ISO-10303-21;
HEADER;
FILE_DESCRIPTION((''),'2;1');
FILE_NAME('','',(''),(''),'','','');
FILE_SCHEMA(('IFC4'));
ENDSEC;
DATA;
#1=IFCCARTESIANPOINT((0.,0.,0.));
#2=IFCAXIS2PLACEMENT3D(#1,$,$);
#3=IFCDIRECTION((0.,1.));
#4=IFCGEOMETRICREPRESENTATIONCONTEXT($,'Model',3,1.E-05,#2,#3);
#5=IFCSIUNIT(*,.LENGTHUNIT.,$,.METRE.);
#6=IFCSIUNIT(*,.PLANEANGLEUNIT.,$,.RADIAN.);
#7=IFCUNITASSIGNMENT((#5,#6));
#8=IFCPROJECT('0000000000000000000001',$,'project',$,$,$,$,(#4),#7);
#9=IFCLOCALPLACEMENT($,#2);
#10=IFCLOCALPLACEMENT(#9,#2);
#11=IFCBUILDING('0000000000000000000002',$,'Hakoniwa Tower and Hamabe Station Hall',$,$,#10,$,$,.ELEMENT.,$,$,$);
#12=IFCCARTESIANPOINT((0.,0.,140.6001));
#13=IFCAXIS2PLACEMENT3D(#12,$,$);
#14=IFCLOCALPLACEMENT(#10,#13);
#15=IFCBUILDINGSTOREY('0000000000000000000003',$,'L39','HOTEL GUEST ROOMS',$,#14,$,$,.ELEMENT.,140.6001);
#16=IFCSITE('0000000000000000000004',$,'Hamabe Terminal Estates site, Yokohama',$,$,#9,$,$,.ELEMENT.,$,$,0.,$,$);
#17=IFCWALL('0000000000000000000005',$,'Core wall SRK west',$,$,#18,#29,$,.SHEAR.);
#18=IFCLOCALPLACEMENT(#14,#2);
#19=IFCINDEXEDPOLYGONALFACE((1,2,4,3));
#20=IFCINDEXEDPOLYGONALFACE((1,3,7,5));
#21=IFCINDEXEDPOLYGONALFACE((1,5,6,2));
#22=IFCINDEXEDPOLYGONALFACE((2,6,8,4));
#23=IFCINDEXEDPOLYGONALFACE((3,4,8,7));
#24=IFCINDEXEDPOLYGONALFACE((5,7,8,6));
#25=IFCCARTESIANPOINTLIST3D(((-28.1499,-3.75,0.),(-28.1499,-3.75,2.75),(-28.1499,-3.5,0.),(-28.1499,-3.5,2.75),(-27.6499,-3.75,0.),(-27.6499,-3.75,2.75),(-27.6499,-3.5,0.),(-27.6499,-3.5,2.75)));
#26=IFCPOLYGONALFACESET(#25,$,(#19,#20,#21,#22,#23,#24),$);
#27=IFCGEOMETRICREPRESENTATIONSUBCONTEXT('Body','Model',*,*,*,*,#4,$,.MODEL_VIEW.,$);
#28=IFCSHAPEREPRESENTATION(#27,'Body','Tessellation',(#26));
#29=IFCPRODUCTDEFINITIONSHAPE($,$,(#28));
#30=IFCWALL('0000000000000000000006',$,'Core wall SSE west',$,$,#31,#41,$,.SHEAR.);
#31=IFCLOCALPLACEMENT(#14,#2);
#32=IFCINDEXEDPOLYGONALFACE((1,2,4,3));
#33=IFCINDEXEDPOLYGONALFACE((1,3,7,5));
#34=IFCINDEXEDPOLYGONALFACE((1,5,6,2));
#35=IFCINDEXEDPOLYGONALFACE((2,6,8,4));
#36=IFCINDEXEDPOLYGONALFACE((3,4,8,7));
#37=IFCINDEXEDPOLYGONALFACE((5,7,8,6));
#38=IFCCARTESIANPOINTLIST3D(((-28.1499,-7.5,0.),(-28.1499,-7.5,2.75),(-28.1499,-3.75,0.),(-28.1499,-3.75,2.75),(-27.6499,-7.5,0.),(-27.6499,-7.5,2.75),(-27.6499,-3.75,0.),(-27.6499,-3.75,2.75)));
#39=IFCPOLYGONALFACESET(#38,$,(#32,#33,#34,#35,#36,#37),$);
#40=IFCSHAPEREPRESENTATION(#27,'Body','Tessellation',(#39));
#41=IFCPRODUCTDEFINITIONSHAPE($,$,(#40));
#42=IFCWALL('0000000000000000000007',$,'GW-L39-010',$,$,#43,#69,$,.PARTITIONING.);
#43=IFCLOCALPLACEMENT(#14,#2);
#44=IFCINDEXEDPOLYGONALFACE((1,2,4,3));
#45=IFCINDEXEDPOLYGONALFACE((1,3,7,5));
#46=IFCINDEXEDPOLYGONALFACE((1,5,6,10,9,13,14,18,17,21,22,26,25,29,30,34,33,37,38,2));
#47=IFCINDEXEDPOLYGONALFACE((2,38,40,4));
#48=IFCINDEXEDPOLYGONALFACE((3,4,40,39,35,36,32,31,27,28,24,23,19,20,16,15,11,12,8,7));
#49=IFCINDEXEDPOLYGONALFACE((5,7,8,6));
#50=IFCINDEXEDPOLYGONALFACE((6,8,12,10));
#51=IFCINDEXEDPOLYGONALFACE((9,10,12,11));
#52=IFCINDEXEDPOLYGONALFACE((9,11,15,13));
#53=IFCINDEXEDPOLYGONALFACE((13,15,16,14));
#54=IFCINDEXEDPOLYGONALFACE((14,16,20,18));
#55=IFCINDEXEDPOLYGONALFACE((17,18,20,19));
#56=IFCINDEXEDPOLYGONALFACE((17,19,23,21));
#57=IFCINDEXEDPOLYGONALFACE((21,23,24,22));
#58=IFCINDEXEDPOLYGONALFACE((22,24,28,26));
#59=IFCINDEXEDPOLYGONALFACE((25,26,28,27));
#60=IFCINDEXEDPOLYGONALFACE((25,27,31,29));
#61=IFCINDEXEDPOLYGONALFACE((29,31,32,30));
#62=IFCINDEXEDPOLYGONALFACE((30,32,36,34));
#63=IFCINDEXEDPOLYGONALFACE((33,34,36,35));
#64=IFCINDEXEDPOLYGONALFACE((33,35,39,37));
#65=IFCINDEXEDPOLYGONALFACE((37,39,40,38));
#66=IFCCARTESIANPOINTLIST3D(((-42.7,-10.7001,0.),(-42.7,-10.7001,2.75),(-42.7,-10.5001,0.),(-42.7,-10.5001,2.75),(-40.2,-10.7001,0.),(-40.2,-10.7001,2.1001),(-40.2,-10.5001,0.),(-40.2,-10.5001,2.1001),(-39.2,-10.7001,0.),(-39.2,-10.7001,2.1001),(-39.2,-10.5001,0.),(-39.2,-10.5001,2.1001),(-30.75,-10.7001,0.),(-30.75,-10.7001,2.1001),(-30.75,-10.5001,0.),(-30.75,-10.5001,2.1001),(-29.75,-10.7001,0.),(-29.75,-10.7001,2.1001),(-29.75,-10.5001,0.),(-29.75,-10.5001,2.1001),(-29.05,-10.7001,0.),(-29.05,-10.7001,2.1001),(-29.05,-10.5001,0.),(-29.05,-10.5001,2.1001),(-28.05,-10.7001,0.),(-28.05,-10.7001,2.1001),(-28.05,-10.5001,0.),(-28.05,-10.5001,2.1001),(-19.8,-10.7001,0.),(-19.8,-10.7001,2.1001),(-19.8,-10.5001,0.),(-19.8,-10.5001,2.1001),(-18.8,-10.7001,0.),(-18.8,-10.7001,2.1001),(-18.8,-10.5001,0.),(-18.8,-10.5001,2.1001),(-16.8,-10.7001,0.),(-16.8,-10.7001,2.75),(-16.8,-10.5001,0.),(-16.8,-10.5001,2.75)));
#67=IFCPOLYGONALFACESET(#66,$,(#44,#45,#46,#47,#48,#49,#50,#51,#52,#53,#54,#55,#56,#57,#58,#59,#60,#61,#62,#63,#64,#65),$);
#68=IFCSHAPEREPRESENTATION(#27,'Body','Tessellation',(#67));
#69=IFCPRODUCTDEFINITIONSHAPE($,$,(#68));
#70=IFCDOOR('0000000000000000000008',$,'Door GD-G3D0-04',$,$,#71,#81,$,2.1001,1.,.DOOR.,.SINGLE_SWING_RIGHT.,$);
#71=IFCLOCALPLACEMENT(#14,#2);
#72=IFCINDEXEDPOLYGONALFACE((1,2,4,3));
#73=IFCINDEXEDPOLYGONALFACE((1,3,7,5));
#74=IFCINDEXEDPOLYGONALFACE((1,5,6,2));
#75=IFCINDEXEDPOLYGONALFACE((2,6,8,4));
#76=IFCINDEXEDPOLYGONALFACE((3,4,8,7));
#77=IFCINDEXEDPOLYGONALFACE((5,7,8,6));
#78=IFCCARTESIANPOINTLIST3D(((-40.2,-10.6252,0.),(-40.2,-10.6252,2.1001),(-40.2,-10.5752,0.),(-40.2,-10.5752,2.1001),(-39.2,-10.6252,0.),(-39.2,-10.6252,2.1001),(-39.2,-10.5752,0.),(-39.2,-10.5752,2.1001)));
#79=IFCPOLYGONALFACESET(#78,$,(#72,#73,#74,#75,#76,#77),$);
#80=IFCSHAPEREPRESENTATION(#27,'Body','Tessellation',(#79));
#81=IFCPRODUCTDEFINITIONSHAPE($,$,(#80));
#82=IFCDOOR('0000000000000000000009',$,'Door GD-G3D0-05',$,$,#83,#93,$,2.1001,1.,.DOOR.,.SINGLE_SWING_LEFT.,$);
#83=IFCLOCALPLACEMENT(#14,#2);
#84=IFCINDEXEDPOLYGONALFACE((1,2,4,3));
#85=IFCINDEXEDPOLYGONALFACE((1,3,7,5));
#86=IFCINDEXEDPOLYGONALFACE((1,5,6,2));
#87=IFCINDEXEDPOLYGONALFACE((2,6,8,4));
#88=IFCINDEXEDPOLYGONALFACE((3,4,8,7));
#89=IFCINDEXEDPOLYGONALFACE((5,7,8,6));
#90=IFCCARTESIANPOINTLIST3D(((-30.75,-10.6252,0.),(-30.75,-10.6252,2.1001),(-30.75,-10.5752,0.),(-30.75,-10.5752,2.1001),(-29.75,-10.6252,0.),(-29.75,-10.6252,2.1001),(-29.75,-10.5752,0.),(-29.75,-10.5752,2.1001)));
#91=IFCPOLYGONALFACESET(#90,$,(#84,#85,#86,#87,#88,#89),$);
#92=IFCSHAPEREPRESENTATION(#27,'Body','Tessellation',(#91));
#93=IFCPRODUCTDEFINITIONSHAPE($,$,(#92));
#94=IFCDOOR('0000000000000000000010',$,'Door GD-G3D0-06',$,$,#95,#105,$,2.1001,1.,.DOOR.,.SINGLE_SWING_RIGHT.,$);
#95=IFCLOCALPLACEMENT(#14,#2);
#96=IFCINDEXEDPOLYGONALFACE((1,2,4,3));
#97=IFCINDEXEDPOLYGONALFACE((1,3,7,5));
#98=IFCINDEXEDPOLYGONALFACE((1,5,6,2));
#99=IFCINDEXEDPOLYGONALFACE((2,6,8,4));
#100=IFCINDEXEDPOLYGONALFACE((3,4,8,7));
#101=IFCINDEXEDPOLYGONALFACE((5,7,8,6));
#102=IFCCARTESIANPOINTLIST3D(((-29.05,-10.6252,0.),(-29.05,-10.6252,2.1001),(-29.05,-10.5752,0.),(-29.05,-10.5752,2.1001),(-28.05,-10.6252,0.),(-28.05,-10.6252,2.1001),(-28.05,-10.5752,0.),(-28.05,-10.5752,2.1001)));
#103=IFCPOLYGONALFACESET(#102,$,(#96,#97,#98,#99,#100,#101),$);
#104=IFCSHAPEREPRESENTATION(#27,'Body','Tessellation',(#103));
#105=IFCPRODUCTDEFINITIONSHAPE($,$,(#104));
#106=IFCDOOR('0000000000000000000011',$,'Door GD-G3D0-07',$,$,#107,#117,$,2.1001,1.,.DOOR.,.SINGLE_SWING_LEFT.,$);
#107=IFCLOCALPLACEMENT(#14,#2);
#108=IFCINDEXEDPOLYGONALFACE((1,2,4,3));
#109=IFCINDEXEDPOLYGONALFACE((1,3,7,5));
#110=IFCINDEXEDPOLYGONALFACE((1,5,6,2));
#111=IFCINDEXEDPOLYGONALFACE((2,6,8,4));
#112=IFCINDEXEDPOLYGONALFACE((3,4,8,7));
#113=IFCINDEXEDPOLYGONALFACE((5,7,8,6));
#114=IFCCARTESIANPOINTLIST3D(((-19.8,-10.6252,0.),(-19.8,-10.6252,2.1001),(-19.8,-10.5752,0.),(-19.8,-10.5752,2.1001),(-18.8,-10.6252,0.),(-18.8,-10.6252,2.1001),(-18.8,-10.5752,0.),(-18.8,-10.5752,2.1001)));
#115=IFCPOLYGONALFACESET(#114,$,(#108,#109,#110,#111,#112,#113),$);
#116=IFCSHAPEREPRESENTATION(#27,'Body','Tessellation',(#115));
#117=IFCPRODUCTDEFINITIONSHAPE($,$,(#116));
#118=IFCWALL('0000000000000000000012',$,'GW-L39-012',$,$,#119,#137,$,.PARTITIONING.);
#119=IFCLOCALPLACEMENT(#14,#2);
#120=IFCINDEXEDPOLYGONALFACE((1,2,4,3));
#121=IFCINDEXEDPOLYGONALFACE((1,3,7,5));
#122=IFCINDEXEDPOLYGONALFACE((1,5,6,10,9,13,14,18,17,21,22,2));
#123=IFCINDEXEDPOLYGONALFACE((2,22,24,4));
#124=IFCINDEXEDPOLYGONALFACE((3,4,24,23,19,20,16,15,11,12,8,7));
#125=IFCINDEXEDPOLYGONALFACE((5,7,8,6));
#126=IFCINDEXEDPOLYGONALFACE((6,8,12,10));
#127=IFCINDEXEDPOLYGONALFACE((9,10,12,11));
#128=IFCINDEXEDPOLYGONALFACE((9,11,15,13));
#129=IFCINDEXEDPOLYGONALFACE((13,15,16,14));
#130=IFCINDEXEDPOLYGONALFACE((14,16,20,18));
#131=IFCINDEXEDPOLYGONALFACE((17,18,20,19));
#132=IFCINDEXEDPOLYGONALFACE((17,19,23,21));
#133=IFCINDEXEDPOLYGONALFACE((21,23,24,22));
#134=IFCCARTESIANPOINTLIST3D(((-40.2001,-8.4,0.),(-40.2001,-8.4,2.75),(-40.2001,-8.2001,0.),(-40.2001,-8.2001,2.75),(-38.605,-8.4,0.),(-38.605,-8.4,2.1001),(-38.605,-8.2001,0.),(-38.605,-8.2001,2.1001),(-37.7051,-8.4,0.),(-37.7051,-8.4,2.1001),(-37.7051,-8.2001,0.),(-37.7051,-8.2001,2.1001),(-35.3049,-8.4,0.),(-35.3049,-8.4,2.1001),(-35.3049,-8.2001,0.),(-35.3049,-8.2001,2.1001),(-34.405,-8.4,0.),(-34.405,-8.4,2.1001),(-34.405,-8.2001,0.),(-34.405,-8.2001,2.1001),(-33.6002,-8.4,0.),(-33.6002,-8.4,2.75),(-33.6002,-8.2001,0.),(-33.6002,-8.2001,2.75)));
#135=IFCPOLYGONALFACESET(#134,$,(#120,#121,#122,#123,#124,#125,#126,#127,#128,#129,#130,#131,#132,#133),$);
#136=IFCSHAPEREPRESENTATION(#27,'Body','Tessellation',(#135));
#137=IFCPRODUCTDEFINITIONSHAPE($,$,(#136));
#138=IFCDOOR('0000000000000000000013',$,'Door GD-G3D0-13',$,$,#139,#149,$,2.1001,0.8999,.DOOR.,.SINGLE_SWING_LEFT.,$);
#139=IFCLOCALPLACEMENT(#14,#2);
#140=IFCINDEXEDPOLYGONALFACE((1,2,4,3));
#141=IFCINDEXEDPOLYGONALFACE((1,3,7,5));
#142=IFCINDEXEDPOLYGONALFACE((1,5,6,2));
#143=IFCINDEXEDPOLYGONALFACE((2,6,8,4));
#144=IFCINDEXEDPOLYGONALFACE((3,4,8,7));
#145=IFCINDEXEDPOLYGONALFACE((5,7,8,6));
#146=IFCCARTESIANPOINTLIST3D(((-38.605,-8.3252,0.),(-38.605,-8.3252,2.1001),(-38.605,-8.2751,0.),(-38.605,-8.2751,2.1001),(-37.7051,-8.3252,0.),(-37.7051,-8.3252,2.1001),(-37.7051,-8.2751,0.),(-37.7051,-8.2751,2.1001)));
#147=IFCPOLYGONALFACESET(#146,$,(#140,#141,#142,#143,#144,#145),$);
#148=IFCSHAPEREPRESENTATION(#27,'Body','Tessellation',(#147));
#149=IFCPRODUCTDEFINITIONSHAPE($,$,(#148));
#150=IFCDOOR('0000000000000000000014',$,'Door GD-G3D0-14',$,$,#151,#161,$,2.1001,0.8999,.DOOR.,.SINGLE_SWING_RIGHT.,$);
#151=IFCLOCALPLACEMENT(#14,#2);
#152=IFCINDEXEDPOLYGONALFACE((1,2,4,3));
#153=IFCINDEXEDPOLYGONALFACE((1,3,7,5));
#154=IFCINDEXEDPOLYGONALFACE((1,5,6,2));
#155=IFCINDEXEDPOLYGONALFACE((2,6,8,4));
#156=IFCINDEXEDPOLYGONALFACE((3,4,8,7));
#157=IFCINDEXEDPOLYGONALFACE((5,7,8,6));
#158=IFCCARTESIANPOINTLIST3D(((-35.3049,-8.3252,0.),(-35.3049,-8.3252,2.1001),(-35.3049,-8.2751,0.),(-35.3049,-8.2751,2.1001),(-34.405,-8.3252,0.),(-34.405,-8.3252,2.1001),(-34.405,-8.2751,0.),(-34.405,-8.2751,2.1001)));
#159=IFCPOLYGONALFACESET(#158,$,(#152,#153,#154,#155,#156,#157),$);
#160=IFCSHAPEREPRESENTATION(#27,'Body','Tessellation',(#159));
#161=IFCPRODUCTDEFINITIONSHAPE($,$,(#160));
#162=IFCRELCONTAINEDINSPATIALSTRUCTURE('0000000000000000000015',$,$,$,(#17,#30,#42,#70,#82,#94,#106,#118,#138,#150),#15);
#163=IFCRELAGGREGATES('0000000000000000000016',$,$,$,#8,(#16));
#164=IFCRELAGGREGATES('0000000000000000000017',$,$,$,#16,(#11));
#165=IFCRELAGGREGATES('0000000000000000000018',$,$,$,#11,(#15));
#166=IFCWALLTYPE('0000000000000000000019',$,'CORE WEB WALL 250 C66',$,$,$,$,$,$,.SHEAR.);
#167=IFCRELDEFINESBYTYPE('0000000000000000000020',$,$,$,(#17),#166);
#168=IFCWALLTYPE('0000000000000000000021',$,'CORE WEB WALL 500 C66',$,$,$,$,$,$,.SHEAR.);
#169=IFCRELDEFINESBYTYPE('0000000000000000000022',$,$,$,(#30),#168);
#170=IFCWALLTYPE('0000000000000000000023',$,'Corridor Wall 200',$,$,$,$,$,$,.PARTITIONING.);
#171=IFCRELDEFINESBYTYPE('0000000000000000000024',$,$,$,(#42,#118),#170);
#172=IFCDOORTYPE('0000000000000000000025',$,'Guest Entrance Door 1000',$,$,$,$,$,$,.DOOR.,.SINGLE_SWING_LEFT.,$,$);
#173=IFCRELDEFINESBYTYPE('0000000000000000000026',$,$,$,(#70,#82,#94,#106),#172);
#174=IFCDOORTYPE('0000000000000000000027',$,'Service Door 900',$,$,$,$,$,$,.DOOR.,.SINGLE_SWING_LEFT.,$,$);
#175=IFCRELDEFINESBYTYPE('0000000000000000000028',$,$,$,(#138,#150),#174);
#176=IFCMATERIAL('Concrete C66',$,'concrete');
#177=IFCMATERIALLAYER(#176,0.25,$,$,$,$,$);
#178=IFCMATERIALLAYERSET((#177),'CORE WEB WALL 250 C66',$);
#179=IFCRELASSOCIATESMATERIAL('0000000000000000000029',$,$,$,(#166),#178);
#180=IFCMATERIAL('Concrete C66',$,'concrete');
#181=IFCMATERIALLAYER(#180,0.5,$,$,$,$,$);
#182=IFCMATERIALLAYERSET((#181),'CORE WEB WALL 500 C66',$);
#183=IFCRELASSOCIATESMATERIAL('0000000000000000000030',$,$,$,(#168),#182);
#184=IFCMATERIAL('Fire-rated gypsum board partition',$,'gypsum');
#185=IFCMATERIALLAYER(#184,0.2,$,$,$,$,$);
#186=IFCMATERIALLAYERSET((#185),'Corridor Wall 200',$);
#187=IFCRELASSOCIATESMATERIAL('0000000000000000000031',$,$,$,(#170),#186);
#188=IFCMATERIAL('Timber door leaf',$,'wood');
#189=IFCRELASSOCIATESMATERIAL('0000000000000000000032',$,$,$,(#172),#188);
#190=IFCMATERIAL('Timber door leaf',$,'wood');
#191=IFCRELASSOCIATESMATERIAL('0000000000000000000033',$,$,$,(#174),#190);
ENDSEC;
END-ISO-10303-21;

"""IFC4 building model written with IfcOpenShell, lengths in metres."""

from ifc_helpers import new_model, si_unit, direction, frame, frame_2d, origin, place, context, subcontext, project, spatial, rectangle, extrude, material, layer, layer_set, type_object, element, fill, save


model = new_model("IFC4")

# Units and contexts
model_context = context("Model", 3, precision=1e-05, world=origin(), true_north=direction((0.0, 1.0)))
body_context = subcontext(model_context, "Body", "Model", "MODEL_VIEW")
ifc_project = project(units=[si_unit("LENGTHUNIT", "METRE"), si_unit("PLANEANGLEUNIT", "RADIAN")], contexts=[model_context])

# Site, building, storey
site_placement = place(None, origin())
site = spatial("IfcSite", under=ifc_project, at=site_placement, Name="Hamabe Terminal Estates site, Yokohama", CompositionType="ELEMENT", RefElevation=0.0)
building_placement = place(site_placement, origin())
building = spatial("IfcBuilding", under=site, at=building_placement, Name="Hakoniwa Tower and Hamabe Station Hall", CompositionType="ELEMENT")
storey_placement = place(building_placement, frame((0.0, 0.0, 140.6001)))
storey = spatial("IfcBuildingStorey", under=building, at=storey_placement, Name="L39", Description="HOTEL GUEST ROOMS", CompositionType="ELEMENT", Elevation=140.6001)

# Shared definitions
ifc_material_1 = material(Name="Concrete C66", Category="concrete")
ifc_layer_1 = layer(ifc_material_1, 0.25)
ifc_layer_set_1 = layer_set([ifc_layer_1], Name="CORE WEB WALL 250 C66")
wall_type_1 = type_object("IfcWallType", Name="CORE WEB WALL 250 C66", PredefinedType="SHEAR", material=ifc_layer_set_1)

# Walls
wall_1_placement = place(storey_placement, frame((-28.1499, -3.625, 0.0), z_axis=(0.0, 0.0, 1.0), x_axis=(1.0, 0.0, 0.0)))
element("IfcWall", 1, at=wall_1_placement, inside=storey, type_object=wall_type_1, Name="Core wall SRK west", PredefinedType="SHEAR", context=body_context, shape_type="SweptSolid", body=[
    extrude(rectangle(XDim=0.5, YDim=0.25, at=frame_2d((0.25, 0.0))), origin(), (0.0, 0.0, 1.0), 2.75),
])
ifc_material_2 = material(Name="Concrete C66", Category="concrete")
ifc_layer_2 = layer(ifc_material_2, 0.5)
ifc_layer_set_2 = layer_set([ifc_layer_2], Name="CORE WEB WALL 500 C66")
wall_type_2 = type_object("IfcWallType", Name="CORE WEB WALL 500 C66", PredefinedType="SHEAR", material=ifc_layer_set_2)
wall_2_placement = place(storey_placement, frame((-27.8999, -7.5, 0.0), z_axis=(0.0, 0.0, 1.0), x_axis=(0.0, 1.0, 0.0)))
element("IfcWall", 2, at=wall_2_placement, inside=storey, type_object=wall_type_2, Name="Core wall SSE west", PredefinedType="SHEAR", context=body_context, shape_type="SweptSolid", body=[
    extrude(rectangle(XDim=3.75, YDim=0.5, at=frame_2d((1.875, 0.0))), origin(), (0.0, 0.0, 1.0), 2.75),
])

# Walls, openings, doors
ifc_material_3 = material(Name="Fire-rated gypsum board partition", Category="gypsum")
ifc_layer_3 = layer(ifc_material_3, 0.2)
ifc_layer_set_3 = layer_set([ifc_layer_3], Name="Corridor Wall 200")
wall_type_3 = type_object("IfcWallType", Name="Corridor Wall 200", PredefinedType="PARTITIONING", material=ifc_layer_set_3)
wall_3_placement = place(storey_placement, frame((-42.7, -10.6001, 0.0), z_axis=(0.0, 0.0, 1.0), x_axis=(1.0, 0.0, 0.0)))
wall_3 = element("IfcWall", 3, at=wall_3_placement, inside=storey, type_object=wall_type_3, Name="GW-L39-010", PredefinedType="PARTITIONING", context=body_context, shape_type="SweptSolid", body=[
    extrude(rectangle(XDim=25.8999, YDim=0.2, at=frame_2d((12.95, 0.0))), origin(), (0.0, 0.0, 1.0), 2.75),
])
opening_1_placement = place(wall_3_placement, frame((2.5, 0.0, 0.0)))
opening_1 = element("IfcOpeningElement", 4, at=opening_1_placement, cuts=wall_3, PredefinedType="OPENING", context=body_context, shape_type="SweptSolid", body=[
    extrude(rectangle(XDim=1.0, YDim=2.1001, at=frame_2d((0.5, 1.05))), frame((0.0, 0.1099, 0.0), z_axis=(0.0, -1.0, 0.0), x_axis=(1.0, 0.0, 0.0)), (0.0, 0.0, 1.0), 0.22),
])
opening_2_placement = place(wall_3_placement, frame((11.95, 0.0, 0.0)))
opening_2 = element("IfcOpeningElement", 5, at=opening_2_placement, cuts=wall_3, PredefinedType="OPENING", context=body_context, shape_type="SweptSolid", body=[
    extrude(rectangle(XDim=1.0, YDim=2.1001, at=frame_2d((0.5, 1.05))), frame((0.0, 0.1099, 0.0), z_axis=(0.0, -1.0, 0.0), x_axis=(1.0, 0.0, 0.0)), (0.0, 0.0, 1.0), 0.22),
])
opening_3_placement = place(wall_3_placement, frame((13.6499, 0.0, 0.0)))
opening_3 = element("IfcOpeningElement", 6, at=opening_3_placement, cuts=wall_3, PredefinedType="OPENING", context=body_context, shape_type="SweptSolid", body=[
    extrude(rectangle(XDim=1.0, YDim=2.1001, at=frame_2d((0.5, 1.05))), frame((0.0, 0.1099, 0.0), z_axis=(0.0, -1.0, 0.0), x_axis=(1.0, 0.0, 0.0)), (0.0, 0.0, 1.0), 0.22),
])
opening_4_placement = place(wall_3_placement, frame((22.8999, 0.0, 0.0)))
opening_4 = element("IfcOpeningElement", 7, at=opening_4_placement, cuts=wall_3, PredefinedType="OPENING", context=body_context, shape_type="SweptSolid", body=[
    extrude(rectangle(XDim=1.0, YDim=2.1001, at=frame_2d((0.5, 1.05))), frame((0.0, 0.1099, 0.0), z_axis=(0.0, -1.0, 0.0), x_axis=(1.0, 0.0, 0.0)), (0.0, 0.0, 1.0), 0.22),
])
ifc_material_4 = material(Name="Timber door leaf", Category="wood")
door_type_1 = type_object("IfcDoorType", Name="Guest Entrance Door 1000", OperationType="SINGLE_SWING_LEFT", PredefinedType="DOOR", material=ifc_material_4)
door_1_placement = place(opening_1_placement, origin())
door_1 = element("IfcDoor", 8, at=door_1_placement, inside=storey, type_object=door_type_1, Name="Door GD-G3D0-04", OperationType="SINGLE_SWING_RIGHT", OverallHeight=2.1001, OverallWidth=1.0, PredefinedType="DOOR", context=body_context, shape_type="SweptSolid", body=[
    extrude(rectangle(XDim=1.0, YDim=2.1001, at=frame_2d((0.5, 1.05))), frame((0.0, 0.0249, 0.0), z_axis=(0.0, -1.0, 0.0), x_axis=(1.0, 0.0, 0.0)), (0.0, 0.0, 1.0), 0.05),
])
fill(opening_1, door_1)
door_2_placement = place(opening_2_placement, origin())
door_2 = element("IfcDoor", 9, at=door_2_placement, inside=storey, type_object=door_type_1, Name="Door GD-G3D0-05", OperationType="SINGLE_SWING_LEFT", OverallHeight=2.1001, OverallWidth=1.0, PredefinedType="DOOR", context=body_context, shape_type="SweptSolid", body=[
    extrude(rectangle(XDim=1.0, YDim=2.1001, at=frame_2d((0.5, 1.05))), frame((0.0, 0.0249, 0.0), z_axis=(0.0, -1.0, 0.0), x_axis=(1.0, 0.0, 0.0)), (0.0, 0.0, 1.0), 0.05),
])
fill(opening_2, door_2)
door_3_placement = place(opening_3_placement, origin())
door_3 = element("IfcDoor", 10, at=door_3_placement, inside=storey, type_object=door_type_1, Name="Door GD-G3D0-06", OperationType="SINGLE_SWING_RIGHT", OverallHeight=2.1001, OverallWidth=1.0, PredefinedType="DOOR", context=body_context, shape_type="SweptSolid", body=[
    extrude(rectangle(XDim=1.0, YDim=2.1001, at=frame_2d((0.5, 1.05))), frame((0.0, 0.0249, 0.0), z_axis=(0.0, -1.0, 0.0), x_axis=(1.0, 0.0, 0.0)), (0.0, 0.0, 1.0), 0.05),
])
fill(opening_3, door_3)
door_4_placement = place(opening_4_placement, origin())
door_4 = element("IfcDoor", 11, at=door_4_placement, inside=storey, type_object=door_type_1, Name="Door GD-G3D0-07", OperationType="SINGLE_SWING_LEFT", OverallHeight=2.1001, OverallWidth=1.0, PredefinedType="DOOR", context=body_context, shape_type="SweptSolid", body=[
    extrude(rectangle(XDim=1.0, YDim=2.1001, at=frame_2d((0.5, 1.05))), frame((0.0, 0.0249, 0.0), z_axis=(0.0, -1.0, 0.0), x_axis=(1.0, 0.0, 0.0)), (0.0, 0.0, 1.0), 0.05),
])
fill(opening_4, door_4)
wall_4_placement = place(storey_placement, frame((-40.2, -8.3, 0.0), z_axis=(0.0, 0.0, 1.0), x_axis=(1.0, 0.0, 0.0)))
wall_4 = element("IfcWall", 12, at=wall_4_placement, inside=storey, type_object=wall_type_3, Name="GW-L39-012", PredefinedType="PARTITIONING", context=body_context, shape_type="SweptSolid", body=[
    extrude(rectangle(XDim=6.5999, YDim=0.2, at=frame_2d((3.2998, 0.0))), origin(), (0.0, 0.0, 1.0), 2.75),
])
opening_5_placement = place(wall_4_placement, frame((1.595, 0.0, 0.0)))
opening_5 = element("IfcOpeningElement", 13, at=opening_5_placement, cuts=wall_4, PredefinedType="OPENING", context=body_context, shape_type="SweptSolid", body=[
    extrude(rectangle(XDim=0.8999, YDim=2.1001, at=frame_2d((0.45, 1.05))), frame((0.0, 0.1099, 0.0), z_axis=(0.0, -1.0, 0.0), x_axis=(1.0, 0.0, 0.0)), (0.0, 0.0, 1.0), 0.22),
])
opening_6_placement = place(wall_4_placement, frame((4.895, 0.0, 0.0)))
opening_6 = element("IfcOpeningElement", 14, at=opening_6_placement, cuts=wall_4, PredefinedType="OPENING", context=body_context, shape_type="SweptSolid", body=[
    extrude(rectangle(XDim=0.8999, YDim=2.1001, at=frame_2d((0.45, 1.05))), frame((0.0, 0.1099, 0.0), z_axis=(0.0, -1.0, 0.0), x_axis=(1.0, 0.0, 0.0)), (0.0, 0.0, 1.0), 0.22),
])
ifc_material_5 = material(Name="Timber door leaf", Category="wood")
door_type_2 = type_object("IfcDoorType", Name="Service Door 900", OperationType="SINGLE_SWING_LEFT", PredefinedType="DOOR", material=ifc_material_5)
door_5_placement = place(opening_5_placement, origin())
door_5 = element("IfcDoor", 15, at=door_5_placement, inside=storey, type_object=door_type_2, Name="Door GD-G3D0-13", OperationType="SINGLE_SWING_LEFT", OverallHeight=2.1001, OverallWidth=0.8999, PredefinedType="DOOR", context=body_context, shape_type="SweptSolid", body=[
    extrude(rectangle(XDim=0.8999, YDim=2.1001, at=frame_2d((0.45, 1.05))), frame((0.0, 0.0249, 0.0), z_axis=(0.0, -1.0, 0.0), x_axis=(1.0, 0.0, 0.0)), (0.0, 0.0, 1.0), 0.05),
])
fill(opening_5, door_5)
door_6_placement = place(opening_6_placement, origin())
door_6 = element("IfcDoor", 16, at=door_6_placement, inside=storey, type_object=door_type_2, Name="Door GD-G3D0-14", OperationType="SINGLE_SWING_RIGHT", OverallHeight=2.1001, OverallWidth=0.8999, PredefinedType="DOOR", context=body_context, shape_type="SweptSolid", body=[
    extrude(rectangle(XDim=0.8999, YDim=2.1001, at=frame_2d((0.45, 1.05))), frame((0.0, 0.0249, 0.0), z_axis=(0.0, -1.0, 0.0), x_axis=(1.0, 0.0, 0.0)), (0.0, 0.0, 1.0), 0.05),
])
fill(opening_6, door_6)

save(model, "model.ifc")
